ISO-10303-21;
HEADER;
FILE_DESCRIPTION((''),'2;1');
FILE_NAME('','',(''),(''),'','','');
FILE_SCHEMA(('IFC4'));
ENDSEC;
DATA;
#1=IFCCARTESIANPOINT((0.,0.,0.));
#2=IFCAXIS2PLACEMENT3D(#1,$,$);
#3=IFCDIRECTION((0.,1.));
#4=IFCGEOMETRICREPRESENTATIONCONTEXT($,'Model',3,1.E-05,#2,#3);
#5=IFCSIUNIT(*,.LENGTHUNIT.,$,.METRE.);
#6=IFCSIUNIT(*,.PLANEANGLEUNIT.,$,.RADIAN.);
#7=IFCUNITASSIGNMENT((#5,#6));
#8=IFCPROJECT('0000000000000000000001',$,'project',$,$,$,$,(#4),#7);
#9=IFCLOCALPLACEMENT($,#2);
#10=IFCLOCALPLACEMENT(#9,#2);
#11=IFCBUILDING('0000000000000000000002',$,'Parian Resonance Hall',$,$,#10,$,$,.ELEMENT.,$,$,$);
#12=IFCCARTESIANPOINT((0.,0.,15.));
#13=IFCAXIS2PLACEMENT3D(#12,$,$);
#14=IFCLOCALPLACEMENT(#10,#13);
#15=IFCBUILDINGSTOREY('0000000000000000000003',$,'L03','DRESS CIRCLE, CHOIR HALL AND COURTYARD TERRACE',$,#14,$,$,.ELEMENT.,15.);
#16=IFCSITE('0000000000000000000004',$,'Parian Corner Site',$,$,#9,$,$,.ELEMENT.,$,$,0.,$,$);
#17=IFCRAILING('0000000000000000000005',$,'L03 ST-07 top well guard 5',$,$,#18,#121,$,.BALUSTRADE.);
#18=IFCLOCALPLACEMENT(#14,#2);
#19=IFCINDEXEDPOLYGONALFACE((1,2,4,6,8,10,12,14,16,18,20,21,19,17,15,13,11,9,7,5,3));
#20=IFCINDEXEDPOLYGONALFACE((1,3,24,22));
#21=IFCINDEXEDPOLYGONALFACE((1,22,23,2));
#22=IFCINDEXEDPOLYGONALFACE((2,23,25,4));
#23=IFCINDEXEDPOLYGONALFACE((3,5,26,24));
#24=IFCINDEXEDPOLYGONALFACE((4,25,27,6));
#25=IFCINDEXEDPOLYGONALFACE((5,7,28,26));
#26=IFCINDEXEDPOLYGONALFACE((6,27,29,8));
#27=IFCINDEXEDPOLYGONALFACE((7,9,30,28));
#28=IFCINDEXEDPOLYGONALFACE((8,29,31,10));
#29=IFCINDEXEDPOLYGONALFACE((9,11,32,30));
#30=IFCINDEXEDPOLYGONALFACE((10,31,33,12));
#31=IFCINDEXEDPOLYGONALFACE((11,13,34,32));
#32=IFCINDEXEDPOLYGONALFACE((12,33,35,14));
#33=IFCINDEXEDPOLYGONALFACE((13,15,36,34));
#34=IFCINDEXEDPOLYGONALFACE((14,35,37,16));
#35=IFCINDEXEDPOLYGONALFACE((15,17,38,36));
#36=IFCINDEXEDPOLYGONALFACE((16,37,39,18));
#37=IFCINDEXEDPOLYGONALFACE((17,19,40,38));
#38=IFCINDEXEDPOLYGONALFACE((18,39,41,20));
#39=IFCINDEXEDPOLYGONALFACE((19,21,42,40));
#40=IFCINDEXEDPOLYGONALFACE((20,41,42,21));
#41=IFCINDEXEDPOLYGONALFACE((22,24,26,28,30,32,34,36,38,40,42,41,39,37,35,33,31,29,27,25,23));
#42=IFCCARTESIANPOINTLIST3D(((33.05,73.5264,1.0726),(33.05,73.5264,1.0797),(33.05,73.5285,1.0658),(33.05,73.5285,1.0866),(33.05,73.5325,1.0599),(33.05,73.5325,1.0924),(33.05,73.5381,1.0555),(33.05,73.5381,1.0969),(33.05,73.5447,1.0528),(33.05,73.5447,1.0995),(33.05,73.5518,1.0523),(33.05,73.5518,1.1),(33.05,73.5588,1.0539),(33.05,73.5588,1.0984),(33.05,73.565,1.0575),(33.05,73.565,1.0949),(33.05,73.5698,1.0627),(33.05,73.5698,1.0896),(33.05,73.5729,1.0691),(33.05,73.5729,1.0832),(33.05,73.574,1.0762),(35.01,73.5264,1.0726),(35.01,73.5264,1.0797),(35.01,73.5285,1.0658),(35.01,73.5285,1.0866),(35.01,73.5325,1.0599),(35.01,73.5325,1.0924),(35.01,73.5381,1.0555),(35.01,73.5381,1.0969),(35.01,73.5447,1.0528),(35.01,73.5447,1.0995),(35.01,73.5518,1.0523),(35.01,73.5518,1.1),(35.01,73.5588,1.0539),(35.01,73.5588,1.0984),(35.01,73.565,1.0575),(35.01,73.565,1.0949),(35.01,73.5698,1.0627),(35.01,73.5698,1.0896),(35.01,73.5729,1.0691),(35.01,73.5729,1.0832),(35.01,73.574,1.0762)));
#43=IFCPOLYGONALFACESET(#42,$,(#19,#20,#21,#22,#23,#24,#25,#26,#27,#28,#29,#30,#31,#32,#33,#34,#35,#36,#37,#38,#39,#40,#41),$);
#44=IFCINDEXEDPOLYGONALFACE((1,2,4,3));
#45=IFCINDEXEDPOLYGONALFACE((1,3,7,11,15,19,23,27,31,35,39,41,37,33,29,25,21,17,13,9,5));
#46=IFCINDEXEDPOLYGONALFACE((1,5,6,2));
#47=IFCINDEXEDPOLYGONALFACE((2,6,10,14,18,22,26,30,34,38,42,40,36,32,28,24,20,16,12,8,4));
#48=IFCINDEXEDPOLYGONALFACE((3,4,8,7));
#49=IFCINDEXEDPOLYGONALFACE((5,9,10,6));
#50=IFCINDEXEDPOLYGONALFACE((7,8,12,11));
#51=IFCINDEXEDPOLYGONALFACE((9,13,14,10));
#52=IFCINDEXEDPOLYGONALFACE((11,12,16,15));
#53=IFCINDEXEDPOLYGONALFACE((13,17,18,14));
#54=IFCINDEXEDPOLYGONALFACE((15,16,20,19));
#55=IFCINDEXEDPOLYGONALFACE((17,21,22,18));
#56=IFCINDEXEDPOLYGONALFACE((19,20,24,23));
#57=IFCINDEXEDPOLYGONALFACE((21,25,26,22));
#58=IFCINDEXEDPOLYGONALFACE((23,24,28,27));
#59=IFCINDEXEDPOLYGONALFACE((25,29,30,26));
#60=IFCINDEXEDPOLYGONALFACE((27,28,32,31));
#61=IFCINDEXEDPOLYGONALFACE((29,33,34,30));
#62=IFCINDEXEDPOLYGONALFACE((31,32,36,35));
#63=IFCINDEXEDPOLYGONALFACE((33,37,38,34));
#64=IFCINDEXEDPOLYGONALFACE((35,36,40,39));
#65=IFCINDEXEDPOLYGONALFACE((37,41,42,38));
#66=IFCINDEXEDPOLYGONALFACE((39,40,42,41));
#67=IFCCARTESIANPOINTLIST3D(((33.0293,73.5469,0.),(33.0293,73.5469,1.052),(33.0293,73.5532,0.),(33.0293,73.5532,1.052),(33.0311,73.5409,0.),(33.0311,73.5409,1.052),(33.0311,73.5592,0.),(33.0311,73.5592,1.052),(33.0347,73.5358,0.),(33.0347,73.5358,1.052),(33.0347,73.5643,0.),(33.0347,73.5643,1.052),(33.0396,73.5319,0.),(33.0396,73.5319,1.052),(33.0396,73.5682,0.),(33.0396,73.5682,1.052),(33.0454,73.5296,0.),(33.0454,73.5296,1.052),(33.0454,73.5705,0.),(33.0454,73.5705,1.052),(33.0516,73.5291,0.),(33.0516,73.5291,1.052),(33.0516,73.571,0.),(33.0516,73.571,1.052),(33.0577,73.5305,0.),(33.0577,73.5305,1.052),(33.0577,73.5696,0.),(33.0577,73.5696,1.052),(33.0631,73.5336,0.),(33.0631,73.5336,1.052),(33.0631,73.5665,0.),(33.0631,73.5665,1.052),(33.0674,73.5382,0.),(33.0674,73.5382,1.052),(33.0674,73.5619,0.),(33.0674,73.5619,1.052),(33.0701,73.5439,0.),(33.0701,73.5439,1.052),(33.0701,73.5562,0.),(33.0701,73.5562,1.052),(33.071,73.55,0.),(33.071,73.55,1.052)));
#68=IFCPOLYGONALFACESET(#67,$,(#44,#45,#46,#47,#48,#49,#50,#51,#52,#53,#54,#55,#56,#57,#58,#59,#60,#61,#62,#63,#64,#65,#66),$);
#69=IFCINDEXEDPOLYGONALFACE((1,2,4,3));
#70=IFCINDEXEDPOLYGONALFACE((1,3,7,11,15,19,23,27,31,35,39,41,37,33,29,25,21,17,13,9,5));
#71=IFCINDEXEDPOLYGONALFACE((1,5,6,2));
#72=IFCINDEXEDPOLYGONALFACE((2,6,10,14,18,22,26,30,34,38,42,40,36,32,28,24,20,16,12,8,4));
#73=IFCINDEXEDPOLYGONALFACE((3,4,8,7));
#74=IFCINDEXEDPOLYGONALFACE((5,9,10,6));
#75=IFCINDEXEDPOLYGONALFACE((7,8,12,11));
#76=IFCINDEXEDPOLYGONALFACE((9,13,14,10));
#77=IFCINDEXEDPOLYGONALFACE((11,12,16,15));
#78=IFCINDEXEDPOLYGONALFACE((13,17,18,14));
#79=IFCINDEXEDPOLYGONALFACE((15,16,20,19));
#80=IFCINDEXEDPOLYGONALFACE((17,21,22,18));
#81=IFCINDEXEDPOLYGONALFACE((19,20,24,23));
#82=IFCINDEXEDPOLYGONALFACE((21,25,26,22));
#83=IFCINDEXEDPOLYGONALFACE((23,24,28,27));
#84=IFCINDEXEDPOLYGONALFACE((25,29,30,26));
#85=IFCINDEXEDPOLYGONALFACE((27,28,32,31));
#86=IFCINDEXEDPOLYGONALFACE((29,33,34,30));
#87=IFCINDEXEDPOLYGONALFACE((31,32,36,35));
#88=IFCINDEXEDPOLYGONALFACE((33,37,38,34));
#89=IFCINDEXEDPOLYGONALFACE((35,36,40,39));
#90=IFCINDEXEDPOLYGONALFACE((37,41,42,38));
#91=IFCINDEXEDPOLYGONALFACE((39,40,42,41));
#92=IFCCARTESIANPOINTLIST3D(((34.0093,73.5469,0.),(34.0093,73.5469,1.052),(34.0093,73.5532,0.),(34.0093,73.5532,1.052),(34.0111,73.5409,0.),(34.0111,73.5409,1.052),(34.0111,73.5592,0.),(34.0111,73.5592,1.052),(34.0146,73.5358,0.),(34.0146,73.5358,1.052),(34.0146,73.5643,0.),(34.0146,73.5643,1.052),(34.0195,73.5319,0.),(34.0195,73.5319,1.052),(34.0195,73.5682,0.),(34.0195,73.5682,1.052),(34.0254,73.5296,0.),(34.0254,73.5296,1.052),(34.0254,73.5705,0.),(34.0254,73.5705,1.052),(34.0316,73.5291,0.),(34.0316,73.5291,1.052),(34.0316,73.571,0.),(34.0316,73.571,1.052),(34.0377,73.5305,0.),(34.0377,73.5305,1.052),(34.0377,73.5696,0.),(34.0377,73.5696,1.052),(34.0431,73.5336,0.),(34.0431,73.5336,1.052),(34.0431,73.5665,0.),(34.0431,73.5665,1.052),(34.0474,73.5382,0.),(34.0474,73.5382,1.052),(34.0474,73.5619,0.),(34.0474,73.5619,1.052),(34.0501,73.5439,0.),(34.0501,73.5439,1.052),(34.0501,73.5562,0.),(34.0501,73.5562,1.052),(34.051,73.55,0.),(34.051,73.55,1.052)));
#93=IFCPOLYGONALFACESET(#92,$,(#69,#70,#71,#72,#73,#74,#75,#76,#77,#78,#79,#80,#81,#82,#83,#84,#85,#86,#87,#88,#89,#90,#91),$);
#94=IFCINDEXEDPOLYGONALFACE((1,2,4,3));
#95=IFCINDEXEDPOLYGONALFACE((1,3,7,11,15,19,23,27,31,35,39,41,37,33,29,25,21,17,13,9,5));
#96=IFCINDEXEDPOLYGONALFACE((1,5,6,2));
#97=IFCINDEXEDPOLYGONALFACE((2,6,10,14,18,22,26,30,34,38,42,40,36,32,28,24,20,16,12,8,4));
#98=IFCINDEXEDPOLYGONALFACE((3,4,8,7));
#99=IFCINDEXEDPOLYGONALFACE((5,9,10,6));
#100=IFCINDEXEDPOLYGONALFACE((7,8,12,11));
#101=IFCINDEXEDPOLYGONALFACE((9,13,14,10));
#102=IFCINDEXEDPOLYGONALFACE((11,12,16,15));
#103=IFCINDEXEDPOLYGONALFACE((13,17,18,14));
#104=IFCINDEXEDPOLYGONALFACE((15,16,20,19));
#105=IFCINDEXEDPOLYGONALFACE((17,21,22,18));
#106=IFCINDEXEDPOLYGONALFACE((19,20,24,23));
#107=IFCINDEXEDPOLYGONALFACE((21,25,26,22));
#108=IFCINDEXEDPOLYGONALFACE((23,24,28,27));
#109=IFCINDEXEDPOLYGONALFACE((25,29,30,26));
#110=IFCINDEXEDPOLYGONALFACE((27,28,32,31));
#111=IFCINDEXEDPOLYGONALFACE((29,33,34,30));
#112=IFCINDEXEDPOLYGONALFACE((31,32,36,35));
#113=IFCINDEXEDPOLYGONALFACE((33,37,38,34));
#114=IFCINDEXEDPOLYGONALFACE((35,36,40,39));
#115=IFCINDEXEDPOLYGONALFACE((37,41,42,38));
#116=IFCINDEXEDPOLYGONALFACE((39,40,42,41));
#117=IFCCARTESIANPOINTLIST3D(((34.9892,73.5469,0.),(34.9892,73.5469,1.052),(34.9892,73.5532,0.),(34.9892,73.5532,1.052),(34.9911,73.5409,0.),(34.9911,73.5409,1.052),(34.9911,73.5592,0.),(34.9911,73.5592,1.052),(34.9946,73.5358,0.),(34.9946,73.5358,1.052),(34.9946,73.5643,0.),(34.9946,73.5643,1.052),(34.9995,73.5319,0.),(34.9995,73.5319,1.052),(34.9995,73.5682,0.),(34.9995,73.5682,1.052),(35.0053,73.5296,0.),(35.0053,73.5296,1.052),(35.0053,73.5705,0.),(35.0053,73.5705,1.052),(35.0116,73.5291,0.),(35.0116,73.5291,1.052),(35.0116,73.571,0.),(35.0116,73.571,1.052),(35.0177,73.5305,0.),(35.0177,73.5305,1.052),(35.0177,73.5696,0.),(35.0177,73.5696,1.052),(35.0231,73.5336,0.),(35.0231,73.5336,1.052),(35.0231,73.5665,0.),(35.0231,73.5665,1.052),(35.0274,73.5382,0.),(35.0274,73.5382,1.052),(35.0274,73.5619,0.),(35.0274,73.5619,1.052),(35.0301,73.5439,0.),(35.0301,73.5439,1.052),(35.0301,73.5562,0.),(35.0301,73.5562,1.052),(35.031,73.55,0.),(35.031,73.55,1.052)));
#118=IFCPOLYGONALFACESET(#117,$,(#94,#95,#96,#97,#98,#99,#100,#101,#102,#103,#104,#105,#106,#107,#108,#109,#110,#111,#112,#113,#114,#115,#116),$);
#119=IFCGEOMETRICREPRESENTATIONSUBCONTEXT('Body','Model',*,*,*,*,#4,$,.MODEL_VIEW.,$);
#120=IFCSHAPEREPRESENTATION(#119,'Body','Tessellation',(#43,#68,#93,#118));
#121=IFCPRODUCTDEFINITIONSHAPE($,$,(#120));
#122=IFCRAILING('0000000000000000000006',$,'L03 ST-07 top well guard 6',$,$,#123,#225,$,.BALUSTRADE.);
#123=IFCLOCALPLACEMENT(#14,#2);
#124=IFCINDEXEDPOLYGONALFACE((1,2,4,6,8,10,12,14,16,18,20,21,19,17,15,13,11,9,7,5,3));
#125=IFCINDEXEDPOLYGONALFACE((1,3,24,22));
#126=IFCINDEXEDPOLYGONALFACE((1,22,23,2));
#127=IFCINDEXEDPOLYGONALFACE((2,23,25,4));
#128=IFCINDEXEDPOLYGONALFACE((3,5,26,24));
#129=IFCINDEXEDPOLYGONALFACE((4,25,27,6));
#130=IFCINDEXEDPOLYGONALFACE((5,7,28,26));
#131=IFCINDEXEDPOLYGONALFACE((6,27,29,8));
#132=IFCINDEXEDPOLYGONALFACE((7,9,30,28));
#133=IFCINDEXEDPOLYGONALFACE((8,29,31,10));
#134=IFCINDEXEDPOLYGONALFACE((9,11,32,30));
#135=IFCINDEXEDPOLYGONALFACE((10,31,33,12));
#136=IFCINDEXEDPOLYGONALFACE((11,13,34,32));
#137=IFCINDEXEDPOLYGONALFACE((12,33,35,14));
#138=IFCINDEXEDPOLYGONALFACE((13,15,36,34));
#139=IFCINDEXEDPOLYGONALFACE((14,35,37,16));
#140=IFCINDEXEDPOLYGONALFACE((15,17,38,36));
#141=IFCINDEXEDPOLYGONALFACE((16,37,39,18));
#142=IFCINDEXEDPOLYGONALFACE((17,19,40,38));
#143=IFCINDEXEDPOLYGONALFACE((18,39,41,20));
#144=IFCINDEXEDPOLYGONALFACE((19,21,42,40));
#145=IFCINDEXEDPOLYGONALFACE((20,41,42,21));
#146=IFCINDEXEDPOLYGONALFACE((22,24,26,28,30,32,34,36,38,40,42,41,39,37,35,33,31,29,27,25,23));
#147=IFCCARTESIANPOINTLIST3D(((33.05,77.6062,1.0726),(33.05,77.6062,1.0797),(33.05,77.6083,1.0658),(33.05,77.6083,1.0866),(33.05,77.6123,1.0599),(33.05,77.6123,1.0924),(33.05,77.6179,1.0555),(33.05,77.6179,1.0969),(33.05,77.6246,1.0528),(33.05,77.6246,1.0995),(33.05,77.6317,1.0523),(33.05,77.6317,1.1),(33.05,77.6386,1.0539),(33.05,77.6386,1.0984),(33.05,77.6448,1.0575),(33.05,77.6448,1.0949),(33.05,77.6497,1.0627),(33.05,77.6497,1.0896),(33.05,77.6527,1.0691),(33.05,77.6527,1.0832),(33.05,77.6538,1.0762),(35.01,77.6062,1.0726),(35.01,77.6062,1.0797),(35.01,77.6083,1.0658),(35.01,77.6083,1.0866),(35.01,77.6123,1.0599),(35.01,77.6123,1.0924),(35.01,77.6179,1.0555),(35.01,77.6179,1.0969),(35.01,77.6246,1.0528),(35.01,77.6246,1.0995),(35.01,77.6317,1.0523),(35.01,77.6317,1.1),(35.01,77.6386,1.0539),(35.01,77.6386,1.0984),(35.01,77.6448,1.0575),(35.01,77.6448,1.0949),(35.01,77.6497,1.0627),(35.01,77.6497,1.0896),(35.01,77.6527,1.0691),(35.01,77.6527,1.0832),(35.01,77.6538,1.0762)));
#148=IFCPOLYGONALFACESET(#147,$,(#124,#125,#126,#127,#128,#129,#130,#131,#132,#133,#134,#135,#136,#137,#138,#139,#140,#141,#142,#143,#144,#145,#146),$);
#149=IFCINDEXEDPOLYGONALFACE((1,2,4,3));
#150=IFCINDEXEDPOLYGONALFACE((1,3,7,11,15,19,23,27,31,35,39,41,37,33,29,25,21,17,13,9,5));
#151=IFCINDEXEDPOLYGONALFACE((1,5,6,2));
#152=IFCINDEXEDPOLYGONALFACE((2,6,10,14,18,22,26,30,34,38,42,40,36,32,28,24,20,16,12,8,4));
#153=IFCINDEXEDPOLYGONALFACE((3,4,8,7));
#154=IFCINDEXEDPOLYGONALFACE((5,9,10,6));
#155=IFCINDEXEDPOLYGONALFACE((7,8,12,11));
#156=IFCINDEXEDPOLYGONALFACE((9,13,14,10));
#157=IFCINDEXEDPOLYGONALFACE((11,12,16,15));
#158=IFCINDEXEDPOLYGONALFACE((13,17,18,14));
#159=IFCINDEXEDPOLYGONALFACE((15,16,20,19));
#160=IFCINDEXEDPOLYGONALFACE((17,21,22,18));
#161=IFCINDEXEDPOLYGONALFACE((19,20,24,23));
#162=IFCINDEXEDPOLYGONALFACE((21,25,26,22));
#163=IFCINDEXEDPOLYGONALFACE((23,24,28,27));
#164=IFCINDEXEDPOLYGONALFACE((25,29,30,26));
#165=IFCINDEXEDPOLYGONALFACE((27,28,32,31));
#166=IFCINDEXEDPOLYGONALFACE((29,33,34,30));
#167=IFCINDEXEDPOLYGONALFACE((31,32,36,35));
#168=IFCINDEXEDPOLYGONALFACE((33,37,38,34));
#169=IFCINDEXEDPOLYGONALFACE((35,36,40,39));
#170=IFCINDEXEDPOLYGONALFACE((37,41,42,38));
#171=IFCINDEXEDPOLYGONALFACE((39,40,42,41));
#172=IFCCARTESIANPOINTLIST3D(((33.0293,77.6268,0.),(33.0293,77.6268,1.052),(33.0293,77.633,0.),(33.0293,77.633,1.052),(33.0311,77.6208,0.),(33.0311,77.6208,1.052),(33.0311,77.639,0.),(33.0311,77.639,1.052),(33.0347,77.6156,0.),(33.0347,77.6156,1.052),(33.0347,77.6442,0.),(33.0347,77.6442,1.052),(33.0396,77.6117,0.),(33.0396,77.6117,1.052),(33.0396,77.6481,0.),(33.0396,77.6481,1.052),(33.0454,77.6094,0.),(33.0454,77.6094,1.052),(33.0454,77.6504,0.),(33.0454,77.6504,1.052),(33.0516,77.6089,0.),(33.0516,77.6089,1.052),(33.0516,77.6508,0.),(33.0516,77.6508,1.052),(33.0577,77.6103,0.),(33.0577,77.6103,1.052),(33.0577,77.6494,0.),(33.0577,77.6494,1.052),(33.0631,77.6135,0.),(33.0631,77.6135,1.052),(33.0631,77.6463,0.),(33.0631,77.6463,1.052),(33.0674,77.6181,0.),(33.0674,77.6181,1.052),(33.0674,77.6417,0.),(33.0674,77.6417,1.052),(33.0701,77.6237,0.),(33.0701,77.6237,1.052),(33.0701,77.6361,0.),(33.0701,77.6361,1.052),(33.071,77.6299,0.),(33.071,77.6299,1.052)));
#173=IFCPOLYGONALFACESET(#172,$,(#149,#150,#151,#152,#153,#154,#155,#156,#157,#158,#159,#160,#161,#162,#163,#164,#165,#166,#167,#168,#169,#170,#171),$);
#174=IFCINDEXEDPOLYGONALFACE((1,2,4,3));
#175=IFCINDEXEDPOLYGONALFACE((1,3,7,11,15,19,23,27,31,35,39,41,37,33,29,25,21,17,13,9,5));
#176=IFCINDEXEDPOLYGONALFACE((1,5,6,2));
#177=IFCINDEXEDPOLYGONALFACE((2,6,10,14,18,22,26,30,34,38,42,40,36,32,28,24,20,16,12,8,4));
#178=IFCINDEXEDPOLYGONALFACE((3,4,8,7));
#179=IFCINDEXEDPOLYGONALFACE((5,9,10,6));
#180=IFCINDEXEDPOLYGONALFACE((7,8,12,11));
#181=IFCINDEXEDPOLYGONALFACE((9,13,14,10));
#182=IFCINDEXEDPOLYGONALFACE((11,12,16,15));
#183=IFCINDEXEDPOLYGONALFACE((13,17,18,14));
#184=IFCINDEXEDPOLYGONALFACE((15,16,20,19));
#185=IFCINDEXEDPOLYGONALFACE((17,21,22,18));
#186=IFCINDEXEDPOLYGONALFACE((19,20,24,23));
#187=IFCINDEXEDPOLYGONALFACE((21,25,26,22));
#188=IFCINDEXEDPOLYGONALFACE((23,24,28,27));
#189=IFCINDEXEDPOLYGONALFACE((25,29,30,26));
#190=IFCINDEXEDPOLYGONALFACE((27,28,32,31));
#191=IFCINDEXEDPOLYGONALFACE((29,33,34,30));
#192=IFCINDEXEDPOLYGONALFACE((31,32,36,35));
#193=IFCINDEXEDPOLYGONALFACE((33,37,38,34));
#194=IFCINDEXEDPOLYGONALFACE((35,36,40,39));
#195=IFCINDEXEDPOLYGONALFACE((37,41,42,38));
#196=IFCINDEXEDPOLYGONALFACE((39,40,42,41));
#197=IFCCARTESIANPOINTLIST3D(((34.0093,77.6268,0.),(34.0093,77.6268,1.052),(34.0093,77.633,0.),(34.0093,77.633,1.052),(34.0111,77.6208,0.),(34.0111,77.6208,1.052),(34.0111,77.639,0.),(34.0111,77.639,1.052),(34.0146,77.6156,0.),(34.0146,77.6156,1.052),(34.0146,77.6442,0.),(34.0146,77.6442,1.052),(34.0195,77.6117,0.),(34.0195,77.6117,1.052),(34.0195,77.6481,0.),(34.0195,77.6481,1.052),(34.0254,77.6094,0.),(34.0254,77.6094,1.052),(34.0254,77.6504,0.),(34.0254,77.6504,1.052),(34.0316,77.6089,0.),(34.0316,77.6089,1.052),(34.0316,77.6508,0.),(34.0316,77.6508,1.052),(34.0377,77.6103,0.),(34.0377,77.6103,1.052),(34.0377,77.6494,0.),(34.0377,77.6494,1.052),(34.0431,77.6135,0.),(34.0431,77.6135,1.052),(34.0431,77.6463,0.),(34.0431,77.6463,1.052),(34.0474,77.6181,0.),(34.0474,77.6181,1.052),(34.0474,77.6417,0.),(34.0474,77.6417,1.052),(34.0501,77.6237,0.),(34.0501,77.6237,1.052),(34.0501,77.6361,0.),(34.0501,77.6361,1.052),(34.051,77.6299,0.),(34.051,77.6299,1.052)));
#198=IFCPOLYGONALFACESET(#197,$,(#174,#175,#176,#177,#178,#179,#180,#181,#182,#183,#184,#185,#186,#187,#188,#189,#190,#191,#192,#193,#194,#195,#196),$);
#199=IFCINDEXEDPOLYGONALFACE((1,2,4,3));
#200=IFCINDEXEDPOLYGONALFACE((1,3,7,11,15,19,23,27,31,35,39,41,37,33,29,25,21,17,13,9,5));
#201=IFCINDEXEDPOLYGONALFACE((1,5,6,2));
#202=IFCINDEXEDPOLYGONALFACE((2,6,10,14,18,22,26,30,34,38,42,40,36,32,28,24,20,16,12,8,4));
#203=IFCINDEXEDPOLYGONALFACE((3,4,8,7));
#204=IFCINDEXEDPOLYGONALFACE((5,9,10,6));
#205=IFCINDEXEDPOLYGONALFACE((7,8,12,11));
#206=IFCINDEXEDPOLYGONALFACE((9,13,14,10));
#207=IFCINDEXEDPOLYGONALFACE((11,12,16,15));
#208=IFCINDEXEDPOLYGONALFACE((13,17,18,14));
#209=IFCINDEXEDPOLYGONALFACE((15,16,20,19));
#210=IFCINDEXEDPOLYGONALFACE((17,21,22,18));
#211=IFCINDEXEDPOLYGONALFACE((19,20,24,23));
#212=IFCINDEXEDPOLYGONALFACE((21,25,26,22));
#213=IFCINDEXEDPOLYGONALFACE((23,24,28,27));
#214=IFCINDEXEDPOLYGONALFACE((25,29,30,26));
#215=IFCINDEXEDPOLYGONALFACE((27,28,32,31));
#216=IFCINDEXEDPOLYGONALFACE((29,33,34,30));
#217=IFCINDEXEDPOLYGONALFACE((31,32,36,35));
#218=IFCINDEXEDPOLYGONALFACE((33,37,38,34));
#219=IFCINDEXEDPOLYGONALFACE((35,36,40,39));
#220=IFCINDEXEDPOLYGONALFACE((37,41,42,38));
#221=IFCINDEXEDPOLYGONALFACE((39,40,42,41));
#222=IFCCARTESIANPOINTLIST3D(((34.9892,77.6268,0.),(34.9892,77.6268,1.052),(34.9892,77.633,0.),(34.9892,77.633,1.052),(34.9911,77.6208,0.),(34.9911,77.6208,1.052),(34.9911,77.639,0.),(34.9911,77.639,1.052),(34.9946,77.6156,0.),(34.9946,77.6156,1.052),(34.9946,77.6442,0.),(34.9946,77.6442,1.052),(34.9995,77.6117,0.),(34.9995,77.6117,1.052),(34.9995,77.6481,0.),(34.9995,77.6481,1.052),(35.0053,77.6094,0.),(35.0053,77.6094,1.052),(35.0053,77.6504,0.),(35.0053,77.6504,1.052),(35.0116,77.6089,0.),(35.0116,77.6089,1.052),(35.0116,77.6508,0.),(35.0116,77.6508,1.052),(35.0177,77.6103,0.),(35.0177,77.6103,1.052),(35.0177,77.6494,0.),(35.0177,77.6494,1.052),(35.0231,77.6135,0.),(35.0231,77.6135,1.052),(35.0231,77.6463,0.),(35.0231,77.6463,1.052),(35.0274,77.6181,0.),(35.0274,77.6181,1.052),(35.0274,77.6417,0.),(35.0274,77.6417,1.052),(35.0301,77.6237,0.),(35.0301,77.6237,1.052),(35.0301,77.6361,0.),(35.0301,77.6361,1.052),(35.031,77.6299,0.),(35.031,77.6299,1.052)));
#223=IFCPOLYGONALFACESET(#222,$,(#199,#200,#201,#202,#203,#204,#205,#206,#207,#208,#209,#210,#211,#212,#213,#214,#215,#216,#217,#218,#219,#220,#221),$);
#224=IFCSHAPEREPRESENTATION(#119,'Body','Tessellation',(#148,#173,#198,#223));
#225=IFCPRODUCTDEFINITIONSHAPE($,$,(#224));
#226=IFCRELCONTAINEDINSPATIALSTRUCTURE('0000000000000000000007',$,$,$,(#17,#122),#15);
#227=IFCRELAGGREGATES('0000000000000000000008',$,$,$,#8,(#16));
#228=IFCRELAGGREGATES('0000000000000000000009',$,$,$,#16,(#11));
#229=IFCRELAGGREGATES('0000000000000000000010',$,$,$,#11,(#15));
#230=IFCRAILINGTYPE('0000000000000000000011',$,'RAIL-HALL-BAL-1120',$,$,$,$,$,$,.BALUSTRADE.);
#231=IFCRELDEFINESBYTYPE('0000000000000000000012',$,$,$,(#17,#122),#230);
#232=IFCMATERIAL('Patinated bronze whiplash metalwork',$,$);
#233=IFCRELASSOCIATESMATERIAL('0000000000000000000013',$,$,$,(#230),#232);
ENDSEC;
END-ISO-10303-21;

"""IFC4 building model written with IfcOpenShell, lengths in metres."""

from ifc_helpers import new_model, si_unit, direction, frame, origin, origin_2d, place, context, subcontext, project, spatial, circle, extrude, material, type_object, element, save


model = new_model("IFC4")

# Units and contexts
model_context = context("Model", 3, precision=1e-05, world=origin(), true_north=direction((0.0, 1.0)))
body_context = subcontext(model_context, "Body", "Model", "MODEL_VIEW")
ifc_project = project(units=[si_unit("LENGTHUNIT", "METRE"), si_unit("PLANEANGLEUNIT", "RADIAN")], contexts=[model_context])

# Site, building, storey
site_placement = place(None, origin())
site = spatial("IfcSite", under=ifc_project, at=site_placement, Name="Parian Corner Site", CompositionType="ELEMENT", RefElevation=0.0)
building_placement = place(site_placement, origin())
building = spatial("IfcBuilding", under=site, at=building_placement, Name="Parian Resonance Hall", CompositionType="ELEMENT")
storey_placement = place(building_placement, frame((0.0, 0.0, 15.0)))
storey = spatial("IfcBuildingStorey", under=building, at=storey_placement, Name="L03", Description="DRESS CIRCLE, CHOIR HALL AND COURTYARD TERRACE", CompositionType="ELEMENT", Elevation=15.0)

# Railings
ifc_material_1 = material(Name="Patinated bronze whiplash metalwork")
railing_type = type_object("IfcRailingType", Name="RAIL-HALL-BAL-1120", PredefinedType="BALUSTRADE", material=ifc_material_1)
for number, where, name in (
    (1, (33.05, 73.55, 0.0), "L03 ST-07 top well guard 5"),
    (2, (33.05, 77.6299, 0.0), "L03 ST-07 top well guard 6"),
):
    element("IfcRailing", number, at=place(storey_placement, frame(where)), inside=storey, type_object=railing_type, Name=name, PredefinedType="BALUSTRADE", context=body_context, shape_type="SweptSolid", body=[
        extrude(circle(Radius=0.0239, at=origin_2d()), frame((0.0, 0.0, 1.0762), z_axis=(1.0, 0.0, 0.0), x_axis=(0.0, 1.0, 0.0)), (0.0, 0.0, 1.0), 1.96),
        extrude(circle(Radius=0.021, at=origin_2d()), origin(), (0.0, 0.0, 1.0), 1.052),
        extrude(circle(Radius=0.021, at=origin_2d()), frame((0.98, 0.0, 0.0)), (0.0, 0.0, 1.0), 1.052),
        extrude(circle(Radius=0.021, at=origin_2d()), frame((1.96, 0.0, 0.0)), (0.0, 0.0, 1.0), 1.052),
    ])

save(model, "model.ifc")
